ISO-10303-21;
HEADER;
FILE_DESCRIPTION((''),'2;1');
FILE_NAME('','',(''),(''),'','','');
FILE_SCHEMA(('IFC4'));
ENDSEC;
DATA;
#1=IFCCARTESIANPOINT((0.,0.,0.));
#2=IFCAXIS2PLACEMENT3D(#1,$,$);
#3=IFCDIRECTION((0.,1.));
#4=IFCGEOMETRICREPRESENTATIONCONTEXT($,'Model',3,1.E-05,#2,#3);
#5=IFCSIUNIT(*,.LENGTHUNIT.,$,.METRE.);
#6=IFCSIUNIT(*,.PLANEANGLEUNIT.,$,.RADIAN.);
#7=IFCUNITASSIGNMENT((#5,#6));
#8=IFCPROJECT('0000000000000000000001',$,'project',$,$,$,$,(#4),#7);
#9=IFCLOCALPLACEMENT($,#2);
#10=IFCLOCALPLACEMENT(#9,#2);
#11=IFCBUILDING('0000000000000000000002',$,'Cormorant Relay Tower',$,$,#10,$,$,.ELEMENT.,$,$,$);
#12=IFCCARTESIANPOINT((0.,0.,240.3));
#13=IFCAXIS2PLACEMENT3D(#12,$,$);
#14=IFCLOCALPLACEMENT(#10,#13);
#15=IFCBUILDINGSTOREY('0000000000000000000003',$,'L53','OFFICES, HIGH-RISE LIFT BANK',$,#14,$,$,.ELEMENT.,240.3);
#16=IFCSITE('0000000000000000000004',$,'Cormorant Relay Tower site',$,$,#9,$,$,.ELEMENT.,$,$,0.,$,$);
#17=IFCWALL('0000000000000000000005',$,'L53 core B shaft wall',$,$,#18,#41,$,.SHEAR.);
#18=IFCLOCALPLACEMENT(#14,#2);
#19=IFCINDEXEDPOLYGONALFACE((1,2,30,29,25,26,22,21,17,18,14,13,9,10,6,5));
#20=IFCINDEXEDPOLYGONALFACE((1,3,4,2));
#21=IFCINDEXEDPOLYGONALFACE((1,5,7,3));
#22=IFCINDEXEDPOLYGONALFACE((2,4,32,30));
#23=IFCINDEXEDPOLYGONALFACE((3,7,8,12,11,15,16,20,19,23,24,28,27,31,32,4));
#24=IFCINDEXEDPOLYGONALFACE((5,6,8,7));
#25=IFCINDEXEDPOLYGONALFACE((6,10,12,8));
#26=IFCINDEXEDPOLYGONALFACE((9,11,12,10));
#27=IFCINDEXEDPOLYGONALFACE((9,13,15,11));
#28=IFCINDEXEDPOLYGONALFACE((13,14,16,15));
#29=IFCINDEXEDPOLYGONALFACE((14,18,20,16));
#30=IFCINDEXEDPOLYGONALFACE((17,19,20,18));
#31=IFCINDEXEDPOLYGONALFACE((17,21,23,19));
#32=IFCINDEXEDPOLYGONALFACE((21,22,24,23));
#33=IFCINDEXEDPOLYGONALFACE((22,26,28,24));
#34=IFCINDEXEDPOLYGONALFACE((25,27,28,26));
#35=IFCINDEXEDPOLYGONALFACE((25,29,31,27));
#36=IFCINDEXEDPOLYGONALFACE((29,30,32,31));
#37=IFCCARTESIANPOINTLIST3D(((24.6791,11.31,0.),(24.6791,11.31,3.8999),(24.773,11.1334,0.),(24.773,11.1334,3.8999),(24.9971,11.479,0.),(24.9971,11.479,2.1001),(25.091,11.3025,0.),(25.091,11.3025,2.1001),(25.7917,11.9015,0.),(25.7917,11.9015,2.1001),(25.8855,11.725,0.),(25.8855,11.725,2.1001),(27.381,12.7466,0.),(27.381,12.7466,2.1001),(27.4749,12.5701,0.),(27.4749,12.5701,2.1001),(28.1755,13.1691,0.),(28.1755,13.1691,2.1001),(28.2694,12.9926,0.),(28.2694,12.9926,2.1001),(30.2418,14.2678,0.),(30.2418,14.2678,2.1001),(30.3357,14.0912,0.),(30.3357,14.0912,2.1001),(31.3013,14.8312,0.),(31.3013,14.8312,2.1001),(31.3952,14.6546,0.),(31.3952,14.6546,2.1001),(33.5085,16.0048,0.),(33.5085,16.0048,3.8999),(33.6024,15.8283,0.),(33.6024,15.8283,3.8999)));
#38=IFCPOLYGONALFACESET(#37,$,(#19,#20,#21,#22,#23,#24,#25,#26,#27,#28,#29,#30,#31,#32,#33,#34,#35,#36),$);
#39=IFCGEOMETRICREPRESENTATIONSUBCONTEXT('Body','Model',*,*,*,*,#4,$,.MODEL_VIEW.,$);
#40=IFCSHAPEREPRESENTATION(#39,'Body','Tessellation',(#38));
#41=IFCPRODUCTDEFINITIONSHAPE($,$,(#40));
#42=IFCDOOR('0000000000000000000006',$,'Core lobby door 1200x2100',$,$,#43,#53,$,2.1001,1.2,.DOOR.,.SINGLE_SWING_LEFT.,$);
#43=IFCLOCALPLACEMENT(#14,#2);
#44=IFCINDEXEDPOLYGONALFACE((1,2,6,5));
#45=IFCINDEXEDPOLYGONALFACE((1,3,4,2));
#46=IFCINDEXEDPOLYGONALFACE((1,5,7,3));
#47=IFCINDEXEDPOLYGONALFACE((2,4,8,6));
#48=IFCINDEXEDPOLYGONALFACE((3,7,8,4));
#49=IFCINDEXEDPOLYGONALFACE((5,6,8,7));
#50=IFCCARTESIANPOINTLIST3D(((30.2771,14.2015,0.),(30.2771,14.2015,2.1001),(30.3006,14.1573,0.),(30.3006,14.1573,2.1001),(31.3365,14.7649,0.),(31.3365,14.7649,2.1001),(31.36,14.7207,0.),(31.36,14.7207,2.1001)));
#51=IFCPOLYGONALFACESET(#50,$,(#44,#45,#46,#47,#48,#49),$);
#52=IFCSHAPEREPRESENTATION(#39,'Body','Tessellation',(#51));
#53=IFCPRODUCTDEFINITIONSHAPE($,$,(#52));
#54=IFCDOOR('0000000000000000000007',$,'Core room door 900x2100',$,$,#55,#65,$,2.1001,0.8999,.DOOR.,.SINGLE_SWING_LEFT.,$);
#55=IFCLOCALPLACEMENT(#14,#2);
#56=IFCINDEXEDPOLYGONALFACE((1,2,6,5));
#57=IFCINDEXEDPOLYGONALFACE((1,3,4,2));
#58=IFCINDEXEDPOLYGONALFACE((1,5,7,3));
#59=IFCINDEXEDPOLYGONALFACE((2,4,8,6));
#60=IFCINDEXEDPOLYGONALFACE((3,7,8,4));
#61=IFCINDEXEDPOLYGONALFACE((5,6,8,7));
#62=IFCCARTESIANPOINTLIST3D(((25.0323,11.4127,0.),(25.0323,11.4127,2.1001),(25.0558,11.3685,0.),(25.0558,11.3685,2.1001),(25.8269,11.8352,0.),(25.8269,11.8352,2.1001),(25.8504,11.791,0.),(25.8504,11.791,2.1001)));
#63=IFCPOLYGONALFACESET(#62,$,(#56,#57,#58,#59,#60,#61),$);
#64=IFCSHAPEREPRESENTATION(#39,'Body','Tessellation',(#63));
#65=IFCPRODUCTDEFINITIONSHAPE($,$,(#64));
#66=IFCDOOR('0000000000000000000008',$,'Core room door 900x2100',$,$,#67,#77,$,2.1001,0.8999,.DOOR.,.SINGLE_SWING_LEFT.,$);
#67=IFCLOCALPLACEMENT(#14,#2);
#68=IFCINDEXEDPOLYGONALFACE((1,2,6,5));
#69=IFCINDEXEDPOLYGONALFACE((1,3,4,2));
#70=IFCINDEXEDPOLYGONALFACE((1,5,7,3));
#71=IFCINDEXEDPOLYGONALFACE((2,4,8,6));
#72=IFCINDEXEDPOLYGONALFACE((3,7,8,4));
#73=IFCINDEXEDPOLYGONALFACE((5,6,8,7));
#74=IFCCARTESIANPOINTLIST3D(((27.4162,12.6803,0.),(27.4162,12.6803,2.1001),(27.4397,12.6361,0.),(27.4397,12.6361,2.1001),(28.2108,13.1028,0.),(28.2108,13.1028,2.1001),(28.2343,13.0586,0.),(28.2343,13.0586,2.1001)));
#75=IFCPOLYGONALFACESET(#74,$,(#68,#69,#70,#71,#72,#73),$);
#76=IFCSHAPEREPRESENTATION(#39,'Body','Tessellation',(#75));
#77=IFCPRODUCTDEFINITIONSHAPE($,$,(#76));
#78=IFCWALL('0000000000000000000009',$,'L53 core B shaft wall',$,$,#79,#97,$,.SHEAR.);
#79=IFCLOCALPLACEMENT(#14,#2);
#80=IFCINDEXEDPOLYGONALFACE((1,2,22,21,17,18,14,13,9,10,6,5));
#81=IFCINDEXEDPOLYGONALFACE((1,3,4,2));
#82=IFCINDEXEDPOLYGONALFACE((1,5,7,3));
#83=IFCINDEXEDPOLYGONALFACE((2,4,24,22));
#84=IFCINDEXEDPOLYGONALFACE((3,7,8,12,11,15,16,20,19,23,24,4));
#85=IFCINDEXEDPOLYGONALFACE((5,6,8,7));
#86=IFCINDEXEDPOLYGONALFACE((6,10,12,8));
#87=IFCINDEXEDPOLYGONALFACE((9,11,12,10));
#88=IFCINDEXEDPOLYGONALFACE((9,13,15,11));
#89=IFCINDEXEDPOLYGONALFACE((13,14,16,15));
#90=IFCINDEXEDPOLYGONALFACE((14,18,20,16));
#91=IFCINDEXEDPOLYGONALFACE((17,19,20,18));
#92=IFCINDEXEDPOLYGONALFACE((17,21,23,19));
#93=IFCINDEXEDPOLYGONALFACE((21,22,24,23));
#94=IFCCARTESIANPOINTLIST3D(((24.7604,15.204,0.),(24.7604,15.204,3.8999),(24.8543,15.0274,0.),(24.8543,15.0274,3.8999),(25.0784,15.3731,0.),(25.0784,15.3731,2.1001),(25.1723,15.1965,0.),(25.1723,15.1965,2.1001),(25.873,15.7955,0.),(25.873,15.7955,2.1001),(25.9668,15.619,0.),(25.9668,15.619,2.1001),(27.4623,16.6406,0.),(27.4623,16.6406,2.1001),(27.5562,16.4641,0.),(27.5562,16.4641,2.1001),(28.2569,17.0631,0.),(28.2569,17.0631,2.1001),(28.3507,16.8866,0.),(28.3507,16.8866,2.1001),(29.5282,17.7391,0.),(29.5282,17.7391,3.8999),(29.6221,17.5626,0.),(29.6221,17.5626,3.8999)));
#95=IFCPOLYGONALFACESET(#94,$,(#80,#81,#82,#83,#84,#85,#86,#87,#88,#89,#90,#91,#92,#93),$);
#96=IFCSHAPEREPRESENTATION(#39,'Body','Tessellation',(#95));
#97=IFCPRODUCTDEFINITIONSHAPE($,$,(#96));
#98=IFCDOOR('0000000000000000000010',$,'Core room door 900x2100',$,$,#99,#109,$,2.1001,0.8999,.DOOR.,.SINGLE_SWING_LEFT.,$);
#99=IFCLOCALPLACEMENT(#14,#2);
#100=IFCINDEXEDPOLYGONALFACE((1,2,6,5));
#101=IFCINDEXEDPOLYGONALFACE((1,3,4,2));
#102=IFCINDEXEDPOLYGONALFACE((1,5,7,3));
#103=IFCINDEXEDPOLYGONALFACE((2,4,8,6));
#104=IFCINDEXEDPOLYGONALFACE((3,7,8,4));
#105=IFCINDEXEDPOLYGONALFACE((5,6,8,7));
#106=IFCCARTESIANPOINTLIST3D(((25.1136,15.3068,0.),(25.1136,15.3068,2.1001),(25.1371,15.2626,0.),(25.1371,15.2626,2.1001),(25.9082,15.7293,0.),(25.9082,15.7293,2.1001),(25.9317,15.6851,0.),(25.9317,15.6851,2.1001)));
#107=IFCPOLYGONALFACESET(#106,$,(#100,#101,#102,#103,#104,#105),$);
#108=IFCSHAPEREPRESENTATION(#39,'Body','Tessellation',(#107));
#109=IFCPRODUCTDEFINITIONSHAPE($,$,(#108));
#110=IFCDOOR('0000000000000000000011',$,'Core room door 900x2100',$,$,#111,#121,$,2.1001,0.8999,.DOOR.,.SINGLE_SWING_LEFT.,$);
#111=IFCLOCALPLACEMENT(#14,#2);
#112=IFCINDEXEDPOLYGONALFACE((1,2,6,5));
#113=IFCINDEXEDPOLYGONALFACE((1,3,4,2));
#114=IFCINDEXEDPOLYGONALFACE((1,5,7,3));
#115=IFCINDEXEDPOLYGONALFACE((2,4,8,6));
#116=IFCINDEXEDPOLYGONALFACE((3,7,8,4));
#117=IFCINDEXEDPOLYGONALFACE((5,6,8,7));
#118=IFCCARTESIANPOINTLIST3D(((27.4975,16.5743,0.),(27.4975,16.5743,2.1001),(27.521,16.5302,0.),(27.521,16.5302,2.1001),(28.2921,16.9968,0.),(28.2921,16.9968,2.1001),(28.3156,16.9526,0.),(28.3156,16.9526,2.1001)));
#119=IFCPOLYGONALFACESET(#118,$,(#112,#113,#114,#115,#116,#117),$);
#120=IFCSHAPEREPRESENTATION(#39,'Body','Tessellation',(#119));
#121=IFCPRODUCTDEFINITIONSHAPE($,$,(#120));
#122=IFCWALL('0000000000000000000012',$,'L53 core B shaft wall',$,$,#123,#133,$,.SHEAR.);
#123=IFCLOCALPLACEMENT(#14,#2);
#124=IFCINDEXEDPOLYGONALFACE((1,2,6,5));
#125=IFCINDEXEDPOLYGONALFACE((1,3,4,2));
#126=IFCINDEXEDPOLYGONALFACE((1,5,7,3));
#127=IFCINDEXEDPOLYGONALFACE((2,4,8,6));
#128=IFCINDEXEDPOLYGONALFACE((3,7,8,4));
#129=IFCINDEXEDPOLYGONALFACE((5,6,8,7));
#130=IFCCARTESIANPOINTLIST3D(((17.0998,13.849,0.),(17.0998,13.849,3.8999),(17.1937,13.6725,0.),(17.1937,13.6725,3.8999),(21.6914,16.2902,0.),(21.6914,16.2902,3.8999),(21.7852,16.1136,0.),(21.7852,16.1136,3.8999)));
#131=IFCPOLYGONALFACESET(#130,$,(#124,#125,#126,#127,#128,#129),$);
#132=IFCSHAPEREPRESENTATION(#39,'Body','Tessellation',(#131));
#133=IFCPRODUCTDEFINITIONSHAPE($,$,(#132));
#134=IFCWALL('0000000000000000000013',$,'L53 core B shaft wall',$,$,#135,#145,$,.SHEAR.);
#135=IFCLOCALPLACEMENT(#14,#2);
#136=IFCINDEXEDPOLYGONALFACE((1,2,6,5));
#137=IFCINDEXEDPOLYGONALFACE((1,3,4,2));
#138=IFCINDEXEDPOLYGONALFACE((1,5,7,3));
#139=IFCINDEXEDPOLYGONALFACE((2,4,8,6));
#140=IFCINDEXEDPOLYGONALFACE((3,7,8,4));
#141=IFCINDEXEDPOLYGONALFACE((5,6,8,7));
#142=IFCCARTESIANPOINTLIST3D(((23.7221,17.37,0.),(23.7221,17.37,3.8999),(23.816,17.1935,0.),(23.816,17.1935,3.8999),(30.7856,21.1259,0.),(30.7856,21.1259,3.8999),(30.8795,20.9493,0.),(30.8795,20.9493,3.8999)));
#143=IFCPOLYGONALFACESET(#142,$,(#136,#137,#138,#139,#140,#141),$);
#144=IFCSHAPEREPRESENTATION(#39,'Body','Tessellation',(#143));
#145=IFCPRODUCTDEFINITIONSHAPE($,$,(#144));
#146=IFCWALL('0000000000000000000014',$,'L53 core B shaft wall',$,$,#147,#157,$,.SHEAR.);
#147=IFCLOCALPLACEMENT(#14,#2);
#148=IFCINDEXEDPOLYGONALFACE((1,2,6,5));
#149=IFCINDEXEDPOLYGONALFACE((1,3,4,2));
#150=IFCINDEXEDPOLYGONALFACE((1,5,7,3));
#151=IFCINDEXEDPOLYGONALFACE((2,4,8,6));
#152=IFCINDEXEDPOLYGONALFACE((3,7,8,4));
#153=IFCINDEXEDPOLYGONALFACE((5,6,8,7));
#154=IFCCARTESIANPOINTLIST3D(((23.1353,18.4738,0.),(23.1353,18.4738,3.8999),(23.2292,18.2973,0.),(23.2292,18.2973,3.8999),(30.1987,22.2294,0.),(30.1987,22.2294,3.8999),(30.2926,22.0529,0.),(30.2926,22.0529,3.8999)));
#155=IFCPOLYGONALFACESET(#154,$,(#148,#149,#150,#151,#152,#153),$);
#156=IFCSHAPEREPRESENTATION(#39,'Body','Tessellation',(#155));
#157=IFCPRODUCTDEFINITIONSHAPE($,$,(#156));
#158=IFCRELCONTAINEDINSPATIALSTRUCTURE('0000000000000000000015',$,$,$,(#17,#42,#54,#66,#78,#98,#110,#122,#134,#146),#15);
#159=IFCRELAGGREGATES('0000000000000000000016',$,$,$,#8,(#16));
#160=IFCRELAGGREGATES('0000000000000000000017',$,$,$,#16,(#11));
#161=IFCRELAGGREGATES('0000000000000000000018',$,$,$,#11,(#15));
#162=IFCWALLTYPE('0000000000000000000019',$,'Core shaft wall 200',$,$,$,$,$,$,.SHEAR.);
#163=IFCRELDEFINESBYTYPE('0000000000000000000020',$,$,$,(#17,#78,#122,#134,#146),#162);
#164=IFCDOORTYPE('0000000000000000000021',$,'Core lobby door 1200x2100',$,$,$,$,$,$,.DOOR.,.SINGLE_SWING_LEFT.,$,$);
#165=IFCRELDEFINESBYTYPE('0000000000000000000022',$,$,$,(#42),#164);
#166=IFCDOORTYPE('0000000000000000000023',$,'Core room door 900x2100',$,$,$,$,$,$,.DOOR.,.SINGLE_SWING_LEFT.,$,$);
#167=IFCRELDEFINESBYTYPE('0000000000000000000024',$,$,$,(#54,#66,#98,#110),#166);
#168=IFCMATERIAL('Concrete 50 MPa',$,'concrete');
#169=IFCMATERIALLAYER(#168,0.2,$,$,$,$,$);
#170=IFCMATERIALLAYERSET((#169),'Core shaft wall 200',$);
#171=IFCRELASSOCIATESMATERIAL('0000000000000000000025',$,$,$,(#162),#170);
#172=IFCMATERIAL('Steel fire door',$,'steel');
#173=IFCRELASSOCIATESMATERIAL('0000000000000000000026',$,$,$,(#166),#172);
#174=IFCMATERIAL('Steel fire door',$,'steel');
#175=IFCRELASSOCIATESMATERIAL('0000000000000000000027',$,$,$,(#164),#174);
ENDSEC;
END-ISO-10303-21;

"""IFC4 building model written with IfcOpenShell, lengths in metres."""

from ifc_helpers import new_model, si_unit, direction, frame, frame_2d, origin, place, context, subcontext, project, spatial, rectangle, extrude, material, layer, layer_set, type_object, element, fill, save


model = new_model("IFC4")

# Units and contexts
model_context = context("Model", 3, precision=1e-05, world=origin(), true_north=direction((0.0, 1.0)))
body_context = subcontext(model_context, "Body", "Model", "MODEL_VIEW")
ifc_project = project(units=[si_unit("LENGTHUNIT", "METRE"), si_unit("PLANEANGLEUNIT", "RADIAN")], contexts=[model_context])

# Site, building, storey
site_placement = place(None, origin())
site = spatial("IfcSite", under=ifc_project, at=site_placement, Name="Cormorant Relay Tower site", CompositionType="ELEMENT", RefElevation=0.0)
building_placement = place(site_placement, origin())
building = spatial("IfcBuilding", under=site, at=building_placement, Name="Cormorant Relay Tower", CompositionType="ELEMENT")
storey_placement = place(building_placement, frame((0.0, 0.0, 240.3)))
storey = spatial("IfcBuildingStorey", under=building, at=storey_placement, Name="L53", Description="OFFICES, HIGH-RISE LIFT BANK", CompositionType="ELEMENT", Elevation=240.3)

# Shared definitions
ifc_material_1 = material(Name="Concrete 50 MPa", Category="concrete")
ifc_layer_1 = layer(ifc_material_1, 0.2)
ifc_layer_set_1 = layer_set([ifc_layer_1], Name="Core shaft wall 200")
wall_type_1 = type_object("IfcWallType", Name="Core shaft wall 200", PredefinedType="SHEAR", material=ifc_layer_set_1)

# Shared definitions
ifc_material_2 = material(Name="Steel fire door", Category="steel")
door_type_1 = type_object("IfcDoorType", Name="Core room door 900x2100", OperationType="SINGLE_SWING_LEFT", PredefinedType="DOOR", material=ifc_material_2)

# Walls, openings, doors
wall_1_placement = place(storey_placement, frame((24.7261, 11.2217, 0.0), z_axis=(0.0, 0.0, 1.0), x_axis=(0.88294, 0.469485, 0.0)))
wall_1 = element("IfcWall", 1, at=wall_1_placement, inside=storey, type_object=wall_type_1, Name="L53 core B shaft wall", PredefinedType="SHEAR", context=body_context, shape_type="SweptSolid", body=[
    extrude(rectangle(XDim=10.0, YDim=0.2, at=frame_2d((5.0, 0.0))), origin(), (0.0, 0.0, 1.0), 3.8999),
])
opening_1_placement = place(wall_1_placement, frame((6.3, 0.0, 0.0)))
opening_1 = element("IfcOpeningElement", 2, at=opening_1_placement, cuts=wall_1, PredefinedType="OPENING", context=body_context, shape_type="SweptSolid", body=[
    extrude(rectangle(XDim=1.2, YDim=2.1001, at=frame_2d((0.6001, 1.05))), frame((0.0, 0.1099, 0.0), z_axis=(0.0, -1.0, 0.0), x_axis=(1.0, 0.0, 0.0)), (0.0, 0.0, 1.0), 0.22),
])
opening_2_placement = place(wall_1_placement, frame((0.3601, 0.0, 0.0)))
opening_2 = element("IfcOpeningElement", 3, at=opening_2_placement, cuts=wall_1, PredefinedType="OPENING", context=body_context, shape_type="SweptSolid", body=[
    extrude(rectangle(XDim=0.8999, YDim=2.1001, at=frame_2d((0.45, 1.05))), frame((0.0, 0.1099, 0.0), z_axis=(0.0, -1.0, 0.0), x_axis=(1.0, 0.0, 0.0)), (0.0, 0.0, 1.0), 0.22),
])
opening_3_placement = place(wall_1_placement, frame((3.0601, 0.0, 0.0)))
opening_3 = element("IfcOpeningElement", 4, at=opening_3_placement, cuts=wall_1, PredefinedType="OPENING", context=body_context, shape_type="SweptSolid", body=[
    extrude(rectangle(XDim=0.8999, YDim=2.1001, at=frame_2d((0.45, 1.05))), frame((0.0, 0.1099, 0.0), z_axis=(0.0, -1.0, 0.0), x_axis=(1.0, 0.0, 0.0)), (0.0, 0.0, 1.0), 0.22),
])
ifc_material_3 = material(Name="Steel fire door", Category="steel")
door_type_2 = type_object("IfcDoorType", Name="Core lobby door 1200x2100", OperationType="SINGLE_SWING_LEFT", PredefinedType="DOOR", material=ifc_material_3)
door_1_placement = place(opening_1_placement, origin())
door_1 = element("IfcDoor", 5, at=door_1_placement, inside=storey, type_object=door_type_2, Name="Core lobby door 1200x2100", OperationType="SINGLE_SWING_LEFT", OverallHeight=2.1001, OverallWidth=1.2, PredefinedType="DOOR", context=body_context, shape_type="SweptSolid", body=[
    extrude(rectangle(XDim=1.2, YDim=2.1001, at=frame_2d((0.6001, 1.05))), frame((0.0, 0.0249, 0.0), z_axis=(0.0, -1.0, 0.0), x_axis=(1.0, 0.0, 0.0)), (0.0, 0.0, 1.0), 0.05),
])
fill(opening_1, door_1)
door_2_placement = place(opening_2_placement, origin())
door_2 = element("IfcDoor", 6, at=door_2_placement, inside=storey, type_object=door_type_1, Name="Core room door 900x2100", OperationType="SINGLE_SWING_LEFT", OverallHeight=2.1001, OverallWidth=0.8999, PredefinedType="DOOR", context=body_context, shape_type="SweptSolid", body=[
    extrude(rectangle(XDim=0.8999, YDim=2.1001, at=frame_2d((0.45, 1.05))), frame((0.0, 0.0249, 0.0), z_axis=(0.0, -1.0, 0.0), x_axis=(1.0, 0.0, 0.0)), (0.0, 0.0, 1.0), 0.05),
])
fill(opening_2, door_2)
door_3_placement = place(opening_3_placement, origin())
door_3 = element("IfcDoor", 7, at=door_3_placement, inside=storey, type_object=door_type_1, Name="Core room door 900x2100", OperationType="SINGLE_SWING_LEFT", OverallHeight=2.1001, OverallWidth=0.8999, PredefinedType="DOOR", context=body_context, shape_type="SweptSolid", body=[
    extrude(rectangle(XDim=0.8999, YDim=2.1001, at=frame_2d((0.45, 1.05))), frame((0.0, 0.0249, 0.0), z_axis=(0.0, -1.0, 0.0), x_axis=(1.0, 0.0, 0.0)), (0.0, 0.0, 1.0), 0.05),
])
fill(opening_3, door_3)
wall_2_placement = place(storey_placement, frame((24.8074, 15.1157, 0.0), z_axis=(0.0, 0.0, 1.0), x_axis=(0.882943, 0.46948, 0.0)))
wall_2 = element("IfcWall", 8, at=wall_2_placement, inside=storey, type_object=wall_type_1, Name="L53 core B shaft wall", PredefinedType="SHEAR", context=body_context, shape_type="SweptSolid", body=[
    extrude(rectangle(XDim=5.3999, YDim=0.2, at=frame_2d((2.7, 0.0))), origin(), (0.0, 0.0, 1.0), 3.8999),
])
opening_4_placement = place(wall_2_placement, frame((0.3601, 0.0, 0.0)))
opening_4 = element("IfcOpeningElement", 9, at=opening_4_placement, cuts=wall_2, PredefinedType="OPENING", context=body_context, shape_type="SweptSolid", body=[
    extrude(rectangle(XDim=0.8999, YDim=2.1001, at=frame_2d((0.45, 1.05))), frame((0.0, 0.1099, 0.0), z_axis=(0.0, -1.0, 0.0), x_axis=(1.0, 0.0, 0.0)), (0.0, 0.0, 1.0), 0.22),
])
opening_5_placement = place(wall_2_placement, frame((3.0601, 0.0, 0.0)))
opening_5 = element("IfcOpeningElement", 10, at=opening_5_placement, cuts=wall_2, PredefinedType="OPENING", context=body_context, shape_type="SweptSolid", body=[
    extrude(rectangle(XDim=0.8999, YDim=2.1001, at=frame_2d((0.45, 1.05))), frame((0.0, 0.1099, 0.0), z_axis=(0.0, -1.0, 0.0), x_axis=(1.0, 0.0, 0.0)), (0.0, 0.0, 1.0), 0.22),
])
door_4_placement = place(opening_4_placement, origin())
door_4 = element("IfcDoor", 11, at=door_4_placement, inside=storey, type_object=door_type_1, Name="Core room door 900x2100", OperationType="SINGLE_SWING_LEFT", OverallHeight=2.1001, OverallWidth=0.8999, PredefinedType="DOOR", context=body_context, shape_type="SweptSolid", body=[
    extrude(rectangle(XDim=0.8999, YDim=2.1001, at=frame_2d((0.45, 1.05))), frame((0.0, 0.0249, 0.0), z_axis=(0.0, -1.0, 0.0), x_axis=(1.0, 0.0, 0.0)), (0.0, 0.0, 1.0), 0.05),
])
fill(opening_4, door_4)
door_5_placement = place(opening_5_placement, origin())
door_5 = element("IfcDoor", 12, at=door_5_placement, inside=storey, type_object=door_type_1, Name="Core room door 900x2100", OperationType="SINGLE_SWING_LEFT", OverallHeight=2.1001, OverallWidth=0.8999, PredefinedType="DOOR", context=body_context, shape_type="SweptSolid", body=[
    extrude(rectangle(XDim=0.8999, YDim=2.1001, at=frame_2d((0.45, 1.05))), frame((0.0, 0.0249, 0.0), z_axis=(0.0, -1.0, 0.0), x_axis=(1.0, 0.0, 0.0)), (0.0, 0.0, 1.0), 0.05),
])
fill(opening_5, door_5)

# Walls
wall_3_placement = place(storey_placement, frame((17.1467, 13.7607, 0.0), z_axis=(0.0, 0.0, 1.0), x_axis=(0.882964, 0.46944, 0.0)))
element("IfcWall", 13, at=wall_3_placement, inside=storey, type_object=wall_type_1, Name="L53 core B shaft wall", PredefinedType="SHEAR", context=body_context, shape_type="SweptSolid", body=[
    extrude(rectangle(XDim=5.2002, YDim=0.2, at=frame_2d((2.6001, 0.0))), origin(), (0.0, 0.0, 1.0), 3.8999),
])
wall_4_placement = place(storey_placement, frame((23.769, 17.2817, 0.0), z_axis=(0.0, 0.0, 1.0), x_axis=(0.88294, 0.469485, 0.0)))
element("IfcWall", 14, at=wall_4_placement, inside=storey, type_object=wall_type_1, Name="L53 core B shaft wall", PredefinedType="SHEAR", context=body_context, shape_type="SweptSolid", body=[
    extrude(rectangle(XDim=8.0, YDim=0.2, at=frame_2d((4.0, 0.0))), origin(), (0.0, 0.0, 1.0), 3.8999),
])
wall_5_placement = place(storey_placement, frame((23.1821, 18.3855, 0.0), z_axis=(0.0, 0.0, 1.0), x_axis=(0.882953, 0.469462, 0.0)))
element("IfcWall", 15, at=wall_5_placement, inside=storey, type_object=wall_type_1, Name="L53 core B shaft wall", PredefinedType="SHEAR", context=body_context, shape_type="SweptSolid", body=[
    extrude(rectangle(XDim=7.9998, YDim=0.2, at=frame_2d((4.0, 0.0))), origin(), (0.0, 0.0, 1.0), 3.8999),
])

save(model, "model.ifc")
